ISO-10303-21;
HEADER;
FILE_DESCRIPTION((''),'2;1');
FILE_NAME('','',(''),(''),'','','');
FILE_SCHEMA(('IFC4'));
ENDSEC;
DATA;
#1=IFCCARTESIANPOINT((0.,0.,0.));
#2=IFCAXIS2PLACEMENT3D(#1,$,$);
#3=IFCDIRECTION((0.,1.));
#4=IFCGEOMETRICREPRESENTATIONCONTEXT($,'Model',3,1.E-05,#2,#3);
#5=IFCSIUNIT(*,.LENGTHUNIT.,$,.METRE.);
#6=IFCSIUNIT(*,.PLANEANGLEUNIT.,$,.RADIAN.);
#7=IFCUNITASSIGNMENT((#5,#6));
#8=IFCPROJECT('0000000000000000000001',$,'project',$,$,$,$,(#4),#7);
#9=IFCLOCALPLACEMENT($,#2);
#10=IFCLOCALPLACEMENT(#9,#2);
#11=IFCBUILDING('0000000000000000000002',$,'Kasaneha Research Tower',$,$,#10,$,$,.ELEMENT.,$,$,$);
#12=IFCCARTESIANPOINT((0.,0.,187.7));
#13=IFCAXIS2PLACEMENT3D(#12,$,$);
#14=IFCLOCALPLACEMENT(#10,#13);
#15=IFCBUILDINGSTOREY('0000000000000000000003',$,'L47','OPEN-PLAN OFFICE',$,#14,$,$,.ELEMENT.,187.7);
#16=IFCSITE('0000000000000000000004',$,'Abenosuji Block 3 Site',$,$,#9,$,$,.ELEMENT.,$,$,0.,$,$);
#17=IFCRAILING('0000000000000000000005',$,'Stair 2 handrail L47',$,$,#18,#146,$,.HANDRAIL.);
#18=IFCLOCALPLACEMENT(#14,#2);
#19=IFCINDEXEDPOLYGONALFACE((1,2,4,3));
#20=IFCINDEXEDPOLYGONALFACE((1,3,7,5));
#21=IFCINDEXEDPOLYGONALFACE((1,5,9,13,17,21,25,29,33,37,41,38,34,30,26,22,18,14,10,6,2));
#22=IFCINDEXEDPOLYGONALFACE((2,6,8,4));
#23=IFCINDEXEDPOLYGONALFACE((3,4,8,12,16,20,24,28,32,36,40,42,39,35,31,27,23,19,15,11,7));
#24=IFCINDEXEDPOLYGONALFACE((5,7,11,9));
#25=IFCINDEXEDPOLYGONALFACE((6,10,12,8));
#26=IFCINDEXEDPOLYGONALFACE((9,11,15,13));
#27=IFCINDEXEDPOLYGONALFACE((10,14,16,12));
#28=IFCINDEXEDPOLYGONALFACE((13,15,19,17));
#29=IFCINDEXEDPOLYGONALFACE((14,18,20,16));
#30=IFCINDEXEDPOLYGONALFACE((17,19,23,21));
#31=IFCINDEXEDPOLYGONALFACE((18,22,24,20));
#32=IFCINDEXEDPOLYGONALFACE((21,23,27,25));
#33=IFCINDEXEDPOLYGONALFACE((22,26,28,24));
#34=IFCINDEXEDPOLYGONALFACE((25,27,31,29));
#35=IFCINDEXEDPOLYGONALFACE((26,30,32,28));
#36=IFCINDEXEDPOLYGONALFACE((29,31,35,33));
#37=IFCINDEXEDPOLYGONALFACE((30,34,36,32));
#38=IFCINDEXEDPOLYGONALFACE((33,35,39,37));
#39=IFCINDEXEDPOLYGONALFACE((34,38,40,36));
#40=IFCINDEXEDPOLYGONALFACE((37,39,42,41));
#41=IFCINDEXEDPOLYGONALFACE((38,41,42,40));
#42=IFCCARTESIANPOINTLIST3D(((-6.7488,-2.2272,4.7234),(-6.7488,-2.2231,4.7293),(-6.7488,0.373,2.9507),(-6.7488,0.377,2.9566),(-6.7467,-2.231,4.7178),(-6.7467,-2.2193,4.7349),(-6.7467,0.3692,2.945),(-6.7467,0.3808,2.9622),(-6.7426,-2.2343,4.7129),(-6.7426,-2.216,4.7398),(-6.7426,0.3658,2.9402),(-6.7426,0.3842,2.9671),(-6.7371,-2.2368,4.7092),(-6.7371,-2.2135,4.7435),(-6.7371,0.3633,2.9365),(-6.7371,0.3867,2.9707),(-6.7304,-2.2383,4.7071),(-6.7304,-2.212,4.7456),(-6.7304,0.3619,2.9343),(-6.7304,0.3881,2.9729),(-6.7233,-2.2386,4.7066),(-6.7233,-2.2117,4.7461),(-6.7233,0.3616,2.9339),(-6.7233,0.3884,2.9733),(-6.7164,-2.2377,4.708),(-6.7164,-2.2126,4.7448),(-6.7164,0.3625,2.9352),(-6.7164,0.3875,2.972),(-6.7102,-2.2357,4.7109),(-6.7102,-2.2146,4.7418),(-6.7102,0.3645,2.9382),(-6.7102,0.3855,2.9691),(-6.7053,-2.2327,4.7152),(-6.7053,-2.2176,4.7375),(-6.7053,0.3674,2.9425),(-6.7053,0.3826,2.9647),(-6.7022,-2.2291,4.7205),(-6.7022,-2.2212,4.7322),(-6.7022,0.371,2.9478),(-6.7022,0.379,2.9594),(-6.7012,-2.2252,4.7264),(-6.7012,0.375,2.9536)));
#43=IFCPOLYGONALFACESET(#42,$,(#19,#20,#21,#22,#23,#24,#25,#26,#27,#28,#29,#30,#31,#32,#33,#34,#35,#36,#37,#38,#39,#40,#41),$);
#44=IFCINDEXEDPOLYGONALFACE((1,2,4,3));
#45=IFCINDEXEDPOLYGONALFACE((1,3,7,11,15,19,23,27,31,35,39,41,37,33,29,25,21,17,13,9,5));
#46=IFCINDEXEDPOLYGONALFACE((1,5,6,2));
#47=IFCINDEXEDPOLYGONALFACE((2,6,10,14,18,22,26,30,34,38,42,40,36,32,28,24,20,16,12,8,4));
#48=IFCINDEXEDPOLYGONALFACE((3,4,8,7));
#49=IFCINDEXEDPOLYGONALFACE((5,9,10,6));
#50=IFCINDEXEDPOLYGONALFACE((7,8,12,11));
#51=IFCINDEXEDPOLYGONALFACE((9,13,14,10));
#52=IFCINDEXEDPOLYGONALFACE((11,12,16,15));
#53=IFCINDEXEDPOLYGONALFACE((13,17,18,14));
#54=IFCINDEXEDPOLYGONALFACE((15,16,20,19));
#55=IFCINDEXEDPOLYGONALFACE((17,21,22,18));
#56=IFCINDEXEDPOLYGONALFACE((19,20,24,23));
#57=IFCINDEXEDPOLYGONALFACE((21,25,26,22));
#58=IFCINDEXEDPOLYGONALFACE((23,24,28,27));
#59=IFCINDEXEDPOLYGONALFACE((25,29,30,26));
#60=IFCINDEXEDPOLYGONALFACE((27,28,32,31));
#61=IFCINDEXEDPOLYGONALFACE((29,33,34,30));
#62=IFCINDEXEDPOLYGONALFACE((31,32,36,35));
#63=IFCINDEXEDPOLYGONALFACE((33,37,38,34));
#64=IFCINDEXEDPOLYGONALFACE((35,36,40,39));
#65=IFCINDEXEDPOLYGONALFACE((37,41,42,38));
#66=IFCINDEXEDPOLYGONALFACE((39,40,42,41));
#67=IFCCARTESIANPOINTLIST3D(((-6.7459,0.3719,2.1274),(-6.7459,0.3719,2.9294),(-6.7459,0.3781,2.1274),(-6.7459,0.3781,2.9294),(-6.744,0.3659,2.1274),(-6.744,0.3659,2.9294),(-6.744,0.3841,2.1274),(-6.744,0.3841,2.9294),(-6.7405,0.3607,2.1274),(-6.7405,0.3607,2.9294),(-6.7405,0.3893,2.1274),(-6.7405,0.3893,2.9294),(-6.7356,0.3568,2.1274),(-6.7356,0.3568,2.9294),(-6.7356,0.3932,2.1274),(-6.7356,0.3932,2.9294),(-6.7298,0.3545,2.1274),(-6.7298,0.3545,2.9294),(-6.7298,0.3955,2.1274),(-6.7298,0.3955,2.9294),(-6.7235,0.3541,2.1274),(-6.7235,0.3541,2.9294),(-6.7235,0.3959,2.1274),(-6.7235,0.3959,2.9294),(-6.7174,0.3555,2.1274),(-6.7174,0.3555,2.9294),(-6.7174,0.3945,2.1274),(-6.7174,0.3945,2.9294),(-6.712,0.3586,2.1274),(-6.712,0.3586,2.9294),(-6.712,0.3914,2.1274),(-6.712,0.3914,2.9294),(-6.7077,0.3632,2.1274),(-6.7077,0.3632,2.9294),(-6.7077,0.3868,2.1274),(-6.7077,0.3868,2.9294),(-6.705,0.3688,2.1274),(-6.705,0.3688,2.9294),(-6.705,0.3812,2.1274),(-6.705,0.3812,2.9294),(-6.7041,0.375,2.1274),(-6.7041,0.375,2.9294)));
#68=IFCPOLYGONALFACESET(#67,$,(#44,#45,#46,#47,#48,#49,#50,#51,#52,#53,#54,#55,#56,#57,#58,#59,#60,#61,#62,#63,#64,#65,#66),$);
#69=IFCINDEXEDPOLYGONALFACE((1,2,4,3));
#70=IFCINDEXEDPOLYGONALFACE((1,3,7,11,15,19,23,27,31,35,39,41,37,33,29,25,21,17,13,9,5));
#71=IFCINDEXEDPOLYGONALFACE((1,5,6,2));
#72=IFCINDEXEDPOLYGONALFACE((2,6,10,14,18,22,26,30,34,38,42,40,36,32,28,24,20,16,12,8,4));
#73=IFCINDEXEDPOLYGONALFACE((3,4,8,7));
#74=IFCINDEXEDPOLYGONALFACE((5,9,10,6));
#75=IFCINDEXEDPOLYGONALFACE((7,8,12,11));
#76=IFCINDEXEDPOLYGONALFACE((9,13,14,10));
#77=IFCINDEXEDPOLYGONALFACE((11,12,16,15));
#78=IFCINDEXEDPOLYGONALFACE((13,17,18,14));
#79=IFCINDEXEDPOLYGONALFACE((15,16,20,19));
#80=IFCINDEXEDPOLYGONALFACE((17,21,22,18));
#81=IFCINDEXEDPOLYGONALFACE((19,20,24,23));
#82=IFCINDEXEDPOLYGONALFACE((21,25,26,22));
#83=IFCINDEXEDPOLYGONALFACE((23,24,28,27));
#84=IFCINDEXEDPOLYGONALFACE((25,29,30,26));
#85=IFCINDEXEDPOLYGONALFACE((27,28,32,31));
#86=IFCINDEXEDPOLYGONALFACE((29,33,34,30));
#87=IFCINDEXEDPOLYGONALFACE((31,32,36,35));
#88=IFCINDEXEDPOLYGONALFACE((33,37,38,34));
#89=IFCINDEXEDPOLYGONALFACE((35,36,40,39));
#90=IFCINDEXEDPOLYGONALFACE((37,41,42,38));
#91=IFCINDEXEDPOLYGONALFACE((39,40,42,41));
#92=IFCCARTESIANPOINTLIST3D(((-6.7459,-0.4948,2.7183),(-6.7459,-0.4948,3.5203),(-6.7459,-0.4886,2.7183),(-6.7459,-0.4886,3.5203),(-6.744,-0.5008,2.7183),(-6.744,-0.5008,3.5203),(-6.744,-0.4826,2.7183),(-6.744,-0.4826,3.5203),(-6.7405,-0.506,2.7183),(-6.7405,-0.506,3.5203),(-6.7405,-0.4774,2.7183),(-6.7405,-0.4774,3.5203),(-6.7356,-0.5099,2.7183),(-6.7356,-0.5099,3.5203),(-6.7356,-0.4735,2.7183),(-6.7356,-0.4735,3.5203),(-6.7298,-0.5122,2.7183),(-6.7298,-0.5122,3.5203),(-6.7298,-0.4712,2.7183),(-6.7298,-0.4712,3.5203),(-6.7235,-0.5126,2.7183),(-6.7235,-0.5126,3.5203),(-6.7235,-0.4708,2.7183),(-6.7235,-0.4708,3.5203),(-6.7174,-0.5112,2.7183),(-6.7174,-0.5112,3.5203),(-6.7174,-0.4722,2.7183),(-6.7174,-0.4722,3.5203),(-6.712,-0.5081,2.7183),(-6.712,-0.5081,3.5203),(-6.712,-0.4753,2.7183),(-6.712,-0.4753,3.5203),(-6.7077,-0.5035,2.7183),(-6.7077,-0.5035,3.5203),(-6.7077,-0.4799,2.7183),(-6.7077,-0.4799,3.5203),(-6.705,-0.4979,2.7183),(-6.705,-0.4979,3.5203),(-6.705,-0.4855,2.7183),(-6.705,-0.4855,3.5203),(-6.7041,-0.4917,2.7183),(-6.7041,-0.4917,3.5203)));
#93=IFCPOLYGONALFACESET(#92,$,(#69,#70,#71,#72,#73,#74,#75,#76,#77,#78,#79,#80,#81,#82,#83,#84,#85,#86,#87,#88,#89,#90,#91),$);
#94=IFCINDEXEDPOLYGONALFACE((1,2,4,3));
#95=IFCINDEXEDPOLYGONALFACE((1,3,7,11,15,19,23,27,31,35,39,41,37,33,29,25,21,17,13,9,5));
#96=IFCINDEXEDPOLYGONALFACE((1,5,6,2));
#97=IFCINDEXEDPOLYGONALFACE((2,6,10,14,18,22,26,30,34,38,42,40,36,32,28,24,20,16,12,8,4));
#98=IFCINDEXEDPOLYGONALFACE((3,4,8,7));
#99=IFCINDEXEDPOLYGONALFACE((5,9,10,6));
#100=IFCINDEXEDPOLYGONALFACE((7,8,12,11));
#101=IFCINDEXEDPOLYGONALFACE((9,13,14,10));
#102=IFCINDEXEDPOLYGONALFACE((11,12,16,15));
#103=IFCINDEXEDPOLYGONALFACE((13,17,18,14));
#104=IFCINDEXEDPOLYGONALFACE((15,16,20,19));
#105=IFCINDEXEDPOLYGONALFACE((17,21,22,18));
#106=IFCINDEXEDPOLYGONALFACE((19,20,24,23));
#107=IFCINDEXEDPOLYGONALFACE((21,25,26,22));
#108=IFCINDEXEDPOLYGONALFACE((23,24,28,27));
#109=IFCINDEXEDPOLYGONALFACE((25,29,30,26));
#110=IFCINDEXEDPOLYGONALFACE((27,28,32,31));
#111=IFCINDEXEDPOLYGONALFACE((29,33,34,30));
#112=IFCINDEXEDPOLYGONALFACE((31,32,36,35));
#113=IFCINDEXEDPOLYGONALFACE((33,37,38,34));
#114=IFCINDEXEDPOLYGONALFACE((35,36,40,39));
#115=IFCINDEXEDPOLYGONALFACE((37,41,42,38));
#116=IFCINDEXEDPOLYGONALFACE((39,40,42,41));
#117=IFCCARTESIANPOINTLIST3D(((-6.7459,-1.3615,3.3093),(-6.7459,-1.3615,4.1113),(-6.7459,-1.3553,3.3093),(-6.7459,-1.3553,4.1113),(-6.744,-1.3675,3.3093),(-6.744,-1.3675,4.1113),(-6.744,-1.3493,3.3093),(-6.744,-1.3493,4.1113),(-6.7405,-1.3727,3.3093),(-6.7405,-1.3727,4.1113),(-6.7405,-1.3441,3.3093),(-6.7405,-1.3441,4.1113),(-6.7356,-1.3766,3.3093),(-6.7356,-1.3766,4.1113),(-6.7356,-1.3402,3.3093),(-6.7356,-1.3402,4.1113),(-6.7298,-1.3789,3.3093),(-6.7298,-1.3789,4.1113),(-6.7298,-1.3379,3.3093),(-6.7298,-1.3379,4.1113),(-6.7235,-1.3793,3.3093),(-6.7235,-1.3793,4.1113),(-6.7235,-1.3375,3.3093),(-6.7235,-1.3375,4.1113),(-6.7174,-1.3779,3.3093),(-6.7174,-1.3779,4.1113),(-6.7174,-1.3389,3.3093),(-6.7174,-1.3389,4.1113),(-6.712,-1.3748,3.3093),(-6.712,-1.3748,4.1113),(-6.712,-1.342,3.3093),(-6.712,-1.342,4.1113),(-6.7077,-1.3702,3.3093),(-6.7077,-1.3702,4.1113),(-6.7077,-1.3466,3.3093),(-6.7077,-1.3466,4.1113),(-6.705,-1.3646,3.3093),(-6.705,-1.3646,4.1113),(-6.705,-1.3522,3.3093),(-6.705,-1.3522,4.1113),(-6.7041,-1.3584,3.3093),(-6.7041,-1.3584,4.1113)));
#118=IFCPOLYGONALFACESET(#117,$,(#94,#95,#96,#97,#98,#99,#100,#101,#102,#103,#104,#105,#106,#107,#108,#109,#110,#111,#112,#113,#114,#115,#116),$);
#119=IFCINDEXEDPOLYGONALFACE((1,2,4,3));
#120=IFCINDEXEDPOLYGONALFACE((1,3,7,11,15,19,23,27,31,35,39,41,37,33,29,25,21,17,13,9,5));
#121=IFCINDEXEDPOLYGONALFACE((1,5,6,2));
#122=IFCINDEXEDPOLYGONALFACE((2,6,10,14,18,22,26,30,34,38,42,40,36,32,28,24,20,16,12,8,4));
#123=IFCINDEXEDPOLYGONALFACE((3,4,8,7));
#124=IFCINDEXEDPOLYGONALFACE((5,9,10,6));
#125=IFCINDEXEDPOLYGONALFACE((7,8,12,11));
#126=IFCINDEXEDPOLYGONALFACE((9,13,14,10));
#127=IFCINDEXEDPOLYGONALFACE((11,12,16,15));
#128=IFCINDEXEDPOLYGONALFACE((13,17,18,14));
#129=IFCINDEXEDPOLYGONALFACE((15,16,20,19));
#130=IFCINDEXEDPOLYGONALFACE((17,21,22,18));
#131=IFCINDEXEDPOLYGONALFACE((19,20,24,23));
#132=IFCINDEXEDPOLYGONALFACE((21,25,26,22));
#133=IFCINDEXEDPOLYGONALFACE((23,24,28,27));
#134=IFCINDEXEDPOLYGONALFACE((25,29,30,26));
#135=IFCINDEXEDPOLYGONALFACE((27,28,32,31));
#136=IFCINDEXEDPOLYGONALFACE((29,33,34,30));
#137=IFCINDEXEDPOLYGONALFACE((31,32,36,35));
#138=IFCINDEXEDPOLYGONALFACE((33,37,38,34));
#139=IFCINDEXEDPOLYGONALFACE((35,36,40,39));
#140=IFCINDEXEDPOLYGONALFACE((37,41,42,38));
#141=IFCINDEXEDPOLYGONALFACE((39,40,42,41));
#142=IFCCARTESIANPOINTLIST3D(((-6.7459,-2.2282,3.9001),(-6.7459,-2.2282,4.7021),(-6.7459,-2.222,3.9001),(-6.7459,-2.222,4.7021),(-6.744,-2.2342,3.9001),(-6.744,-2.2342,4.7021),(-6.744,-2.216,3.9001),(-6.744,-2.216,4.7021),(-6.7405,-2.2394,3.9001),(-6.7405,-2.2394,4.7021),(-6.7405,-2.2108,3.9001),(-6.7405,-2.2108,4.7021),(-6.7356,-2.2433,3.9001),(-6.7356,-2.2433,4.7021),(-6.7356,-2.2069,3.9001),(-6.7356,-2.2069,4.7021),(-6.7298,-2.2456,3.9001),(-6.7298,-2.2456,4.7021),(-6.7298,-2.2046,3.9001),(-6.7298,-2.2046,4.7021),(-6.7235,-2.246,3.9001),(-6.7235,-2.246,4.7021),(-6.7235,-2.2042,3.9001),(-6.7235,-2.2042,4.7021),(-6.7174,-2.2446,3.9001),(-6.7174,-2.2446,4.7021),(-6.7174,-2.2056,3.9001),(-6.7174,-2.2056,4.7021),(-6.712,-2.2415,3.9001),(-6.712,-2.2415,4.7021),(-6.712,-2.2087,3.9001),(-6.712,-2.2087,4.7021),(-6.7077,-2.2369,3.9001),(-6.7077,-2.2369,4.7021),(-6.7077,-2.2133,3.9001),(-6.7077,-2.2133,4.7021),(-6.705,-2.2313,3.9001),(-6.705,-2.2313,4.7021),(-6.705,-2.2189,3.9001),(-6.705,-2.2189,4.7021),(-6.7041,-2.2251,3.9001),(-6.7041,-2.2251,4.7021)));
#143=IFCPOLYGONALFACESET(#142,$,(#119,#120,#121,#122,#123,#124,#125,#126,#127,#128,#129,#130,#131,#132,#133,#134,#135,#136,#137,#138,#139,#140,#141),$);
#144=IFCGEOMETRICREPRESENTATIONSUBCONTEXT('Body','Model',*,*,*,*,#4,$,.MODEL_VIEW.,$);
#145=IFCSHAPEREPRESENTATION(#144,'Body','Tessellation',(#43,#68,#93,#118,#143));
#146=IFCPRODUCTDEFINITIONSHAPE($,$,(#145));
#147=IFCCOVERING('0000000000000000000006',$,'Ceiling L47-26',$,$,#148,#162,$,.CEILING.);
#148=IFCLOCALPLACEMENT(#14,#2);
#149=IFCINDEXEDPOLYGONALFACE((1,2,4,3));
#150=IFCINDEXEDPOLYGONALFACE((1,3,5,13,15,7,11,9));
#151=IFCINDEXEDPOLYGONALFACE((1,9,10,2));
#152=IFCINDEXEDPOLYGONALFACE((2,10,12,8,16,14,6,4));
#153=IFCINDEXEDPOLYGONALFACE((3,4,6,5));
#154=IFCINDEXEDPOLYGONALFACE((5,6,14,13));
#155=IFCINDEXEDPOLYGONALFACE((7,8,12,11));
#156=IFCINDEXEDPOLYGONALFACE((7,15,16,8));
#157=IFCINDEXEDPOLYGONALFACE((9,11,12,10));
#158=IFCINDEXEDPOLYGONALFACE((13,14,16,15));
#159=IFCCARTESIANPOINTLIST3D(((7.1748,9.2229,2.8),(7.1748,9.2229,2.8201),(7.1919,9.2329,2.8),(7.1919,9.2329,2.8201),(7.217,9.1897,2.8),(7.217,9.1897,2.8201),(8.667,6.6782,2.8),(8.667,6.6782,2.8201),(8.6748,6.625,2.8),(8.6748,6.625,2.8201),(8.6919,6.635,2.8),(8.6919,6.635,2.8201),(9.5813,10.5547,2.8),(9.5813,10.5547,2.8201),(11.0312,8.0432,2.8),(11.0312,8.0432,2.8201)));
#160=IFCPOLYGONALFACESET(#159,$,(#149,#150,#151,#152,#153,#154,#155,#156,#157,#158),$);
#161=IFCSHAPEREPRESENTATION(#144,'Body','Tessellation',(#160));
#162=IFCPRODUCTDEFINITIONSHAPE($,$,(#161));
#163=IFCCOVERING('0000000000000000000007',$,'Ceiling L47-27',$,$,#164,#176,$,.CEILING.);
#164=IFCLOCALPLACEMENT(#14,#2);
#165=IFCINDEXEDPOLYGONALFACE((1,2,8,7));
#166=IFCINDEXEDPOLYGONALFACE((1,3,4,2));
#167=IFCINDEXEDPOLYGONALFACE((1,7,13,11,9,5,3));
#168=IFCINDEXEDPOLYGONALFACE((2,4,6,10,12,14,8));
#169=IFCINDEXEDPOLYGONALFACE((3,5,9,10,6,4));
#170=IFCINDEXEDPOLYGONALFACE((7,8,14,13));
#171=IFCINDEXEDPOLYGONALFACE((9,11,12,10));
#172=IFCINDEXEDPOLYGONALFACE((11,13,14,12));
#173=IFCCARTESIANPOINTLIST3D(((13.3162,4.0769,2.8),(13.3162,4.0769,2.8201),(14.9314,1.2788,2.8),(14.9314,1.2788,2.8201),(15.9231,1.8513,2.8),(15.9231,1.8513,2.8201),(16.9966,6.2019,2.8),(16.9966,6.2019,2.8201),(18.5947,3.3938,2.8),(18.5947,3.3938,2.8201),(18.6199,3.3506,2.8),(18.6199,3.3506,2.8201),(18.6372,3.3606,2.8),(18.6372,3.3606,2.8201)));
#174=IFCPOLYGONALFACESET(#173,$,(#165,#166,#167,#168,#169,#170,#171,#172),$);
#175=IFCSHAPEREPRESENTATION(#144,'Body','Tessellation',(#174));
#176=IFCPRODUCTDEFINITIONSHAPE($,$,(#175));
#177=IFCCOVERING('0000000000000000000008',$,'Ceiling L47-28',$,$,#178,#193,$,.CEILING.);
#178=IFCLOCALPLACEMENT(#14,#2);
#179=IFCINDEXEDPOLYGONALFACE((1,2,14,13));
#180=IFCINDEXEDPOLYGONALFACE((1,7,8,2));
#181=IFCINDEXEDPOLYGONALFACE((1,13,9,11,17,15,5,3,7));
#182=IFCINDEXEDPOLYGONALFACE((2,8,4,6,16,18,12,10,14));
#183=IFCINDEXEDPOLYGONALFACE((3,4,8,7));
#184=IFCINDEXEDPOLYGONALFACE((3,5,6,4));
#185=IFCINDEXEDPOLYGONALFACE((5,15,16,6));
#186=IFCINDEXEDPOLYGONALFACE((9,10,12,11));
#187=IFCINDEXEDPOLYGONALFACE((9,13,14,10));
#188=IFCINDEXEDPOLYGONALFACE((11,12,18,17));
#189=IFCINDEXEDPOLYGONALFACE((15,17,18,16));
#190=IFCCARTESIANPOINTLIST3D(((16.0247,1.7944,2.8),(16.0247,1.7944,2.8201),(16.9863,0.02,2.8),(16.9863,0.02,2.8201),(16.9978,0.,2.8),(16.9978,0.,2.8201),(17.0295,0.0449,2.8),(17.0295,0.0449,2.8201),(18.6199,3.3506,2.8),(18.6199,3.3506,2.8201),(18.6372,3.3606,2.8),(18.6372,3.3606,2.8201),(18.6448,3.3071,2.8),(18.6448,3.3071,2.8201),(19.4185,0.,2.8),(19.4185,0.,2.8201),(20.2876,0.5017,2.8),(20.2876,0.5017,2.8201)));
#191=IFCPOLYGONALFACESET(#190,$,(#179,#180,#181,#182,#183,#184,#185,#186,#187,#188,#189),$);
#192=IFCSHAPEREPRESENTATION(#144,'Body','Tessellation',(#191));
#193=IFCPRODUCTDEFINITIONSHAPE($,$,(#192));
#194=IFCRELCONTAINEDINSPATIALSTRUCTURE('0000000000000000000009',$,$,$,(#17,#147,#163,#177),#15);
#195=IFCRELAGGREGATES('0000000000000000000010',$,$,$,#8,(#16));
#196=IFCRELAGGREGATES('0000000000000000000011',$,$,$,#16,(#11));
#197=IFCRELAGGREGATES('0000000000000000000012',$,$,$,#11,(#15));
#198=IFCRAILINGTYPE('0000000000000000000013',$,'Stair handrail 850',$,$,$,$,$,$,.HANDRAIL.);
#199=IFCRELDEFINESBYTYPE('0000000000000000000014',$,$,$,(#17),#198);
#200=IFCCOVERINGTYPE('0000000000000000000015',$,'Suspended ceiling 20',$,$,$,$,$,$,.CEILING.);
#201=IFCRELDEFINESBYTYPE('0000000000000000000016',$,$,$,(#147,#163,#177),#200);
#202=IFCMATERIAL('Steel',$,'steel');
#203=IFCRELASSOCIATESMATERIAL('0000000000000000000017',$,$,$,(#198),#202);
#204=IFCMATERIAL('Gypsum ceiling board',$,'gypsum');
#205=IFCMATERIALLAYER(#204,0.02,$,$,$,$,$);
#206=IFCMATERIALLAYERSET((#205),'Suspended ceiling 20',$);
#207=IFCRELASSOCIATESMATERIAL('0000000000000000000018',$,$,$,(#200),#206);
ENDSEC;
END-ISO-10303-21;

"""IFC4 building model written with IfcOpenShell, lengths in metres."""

from ifc_helpers import new_model, si_unit, direction, frame, origin, origin_2d, place, context, subcontext, project, spatial, polyline, circle, outline, extrude, material, layer, layer_set, type_object, element, save


model = new_model("IFC4")

# Units and contexts
model_context = context("Model", 3, precision=1e-05, world=origin(), true_north=direction((0.0, 1.0)))
body_context = subcontext(model_context, "Body", "Model", "MODEL_VIEW")
ifc_project = project(units=[si_unit("LENGTHUNIT", "METRE"), si_unit("PLANEANGLEUNIT", "RADIAN")], contexts=[model_context])

# Site, building, storey
site_placement = place(None, origin())
site = spatial("IfcSite", under=ifc_project, at=site_placement, Name="Abenosuji Block 3 Site", CompositionType="ELEMENT", RefElevation=0.0)
building_placement = place(site_placement, origin())
building = spatial("IfcBuilding", under=site, at=building_placement, Name="Kasaneha Research Tower", CompositionType="ELEMENT")
storey_placement = place(building_placement, frame((0.0, 0.0, 187.7)))
storey = spatial("IfcBuildingStorey", under=building, at=storey_placement, Name="L47", Description="OPEN-PLAN OFFICE", CompositionType="ELEMENT", Elevation=187.7)

# Railing
ifc_material_1 = material(Name="Steel", Category="steel")
railing_type_1 = type_object("IfcRailingType", Name="Stair handrail 850", PredefinedType="HANDRAIL", material=ifc_material_1)
railing_1_placement = place(storey_placement, frame((-6.7251, 0.375, 2.1274)))
element("IfcRailing", 1, at=railing_1_placement, inside=storey, type_object=railing_type_1, Name="Stair 2 handrail L47", PredefinedType="HANDRAIL", context=body_context, shape_type="SweptSolid", body=[
    extrude(circle(Radius=0.0239, at=origin_2d()), frame((0.0, 0.0, 0.8262), z_axis=(0.0, -0.82624, 0.563318), x_axis=(1.0, 0.0, 0.0)), (0.0, 0.0, 1.0), 3.147),
    extrude(circle(Radius=0.021, at=origin_2d()), origin(), (0.0, 0.0, 1.0), 0.802),
    extrude(circle(Radius=0.021, at=origin_2d()), frame((0.0, -0.8667, 0.5908)), (0.0, 0.0, 1.0), 0.802),
    extrude(circle(Radius=0.021, at=origin_2d()), frame((0.0, -1.7334, 1.1819)), (0.0, 0.0, 1.0), 0.802),
    extrude(circle(Radius=0.021, at=origin_2d()), frame((0.0, -2.6001, 1.7727)), (0.0, 0.0, 1.0), 0.802),
])

# Coverings
ifc_material_2 = material(Name="Gypsum ceiling board", Category="gypsum")
ifc_layer_1 = layer(ifc_material_2, 0.02)
ifc_layer_set_1 = layer_set([ifc_layer_1], Name="Suspended ceiling 20")
covering_type = type_object("IfcCoveringType", Name="Suspended ceiling 20", PredefinedType="CEILING", material=ifc_layer_set_1)
covering_1_placement = place(storey_placement, frame((0.0, 0.0, 2.8)))
element("IfcCovering", 2, at=covering_1_placement, inside=storey, type_object=covering_type, Name="Ceiling L47-26", PredefinedType="CEILING", context=body_context, shape_type="SweptSolid", body=[
    extrude(outline(polyline([(7.1748, 9.2229), (7.1919, 9.2329), (7.217, 9.1897), (9.5813, 10.5547), (11.0312, 8.0432), (8.667, 6.6782), (8.6919, 6.635), (8.6748, 6.625), (7.1748, 9.2229)])), origin(), (0.0, 0.0, 1.0), 0.02),
])
covering_2_placement = place(storey_placement, frame((0.0, 0.0, 2.8)))
element("IfcCovering", 3, at=covering_2_placement, inside=storey, type_object=covering_type, Name="Ceiling L47-27", PredefinedType="CEILING", context=body_context, shape_type="SweptSolid", body=[
    extrude(outline(polyline([(18.6372, 3.3606), (18.6199, 3.3506), (18.5947, 3.3938), (15.9231, 1.8513), (15.9231, 1.8513), (14.9314, 1.2788), (13.3162, 4.0769), (16.9966, 6.2019), (18.6372, 3.3606)])), origin(), (0.0, 0.0, 1.0), 0.02),
])
covering_3_placement = place(storey_placement, frame((0.0, 0.0, 2.8)))
element("IfcCovering", 4, at=covering_3_placement, inside=storey, type_object=covering_type, Name="Ceiling L47-28", PredefinedType="CEILING", context=body_context, shape_type="SweptSolid", body=[
    extrude(outline(polyline([(16.9978, 0.0), (16.9863, 0.02), (17.0295, 0.0449), (16.0247, 1.7944), (18.6448, 3.3071), (18.6199, 3.3506), (18.6372, 3.3606), (20.2876, 0.5017), (19.4185, 0.0), (16.9978, 0.0)])), origin(), (0.0, 0.0, 1.0), 0.02),
])

save(model, "model.ifc")
